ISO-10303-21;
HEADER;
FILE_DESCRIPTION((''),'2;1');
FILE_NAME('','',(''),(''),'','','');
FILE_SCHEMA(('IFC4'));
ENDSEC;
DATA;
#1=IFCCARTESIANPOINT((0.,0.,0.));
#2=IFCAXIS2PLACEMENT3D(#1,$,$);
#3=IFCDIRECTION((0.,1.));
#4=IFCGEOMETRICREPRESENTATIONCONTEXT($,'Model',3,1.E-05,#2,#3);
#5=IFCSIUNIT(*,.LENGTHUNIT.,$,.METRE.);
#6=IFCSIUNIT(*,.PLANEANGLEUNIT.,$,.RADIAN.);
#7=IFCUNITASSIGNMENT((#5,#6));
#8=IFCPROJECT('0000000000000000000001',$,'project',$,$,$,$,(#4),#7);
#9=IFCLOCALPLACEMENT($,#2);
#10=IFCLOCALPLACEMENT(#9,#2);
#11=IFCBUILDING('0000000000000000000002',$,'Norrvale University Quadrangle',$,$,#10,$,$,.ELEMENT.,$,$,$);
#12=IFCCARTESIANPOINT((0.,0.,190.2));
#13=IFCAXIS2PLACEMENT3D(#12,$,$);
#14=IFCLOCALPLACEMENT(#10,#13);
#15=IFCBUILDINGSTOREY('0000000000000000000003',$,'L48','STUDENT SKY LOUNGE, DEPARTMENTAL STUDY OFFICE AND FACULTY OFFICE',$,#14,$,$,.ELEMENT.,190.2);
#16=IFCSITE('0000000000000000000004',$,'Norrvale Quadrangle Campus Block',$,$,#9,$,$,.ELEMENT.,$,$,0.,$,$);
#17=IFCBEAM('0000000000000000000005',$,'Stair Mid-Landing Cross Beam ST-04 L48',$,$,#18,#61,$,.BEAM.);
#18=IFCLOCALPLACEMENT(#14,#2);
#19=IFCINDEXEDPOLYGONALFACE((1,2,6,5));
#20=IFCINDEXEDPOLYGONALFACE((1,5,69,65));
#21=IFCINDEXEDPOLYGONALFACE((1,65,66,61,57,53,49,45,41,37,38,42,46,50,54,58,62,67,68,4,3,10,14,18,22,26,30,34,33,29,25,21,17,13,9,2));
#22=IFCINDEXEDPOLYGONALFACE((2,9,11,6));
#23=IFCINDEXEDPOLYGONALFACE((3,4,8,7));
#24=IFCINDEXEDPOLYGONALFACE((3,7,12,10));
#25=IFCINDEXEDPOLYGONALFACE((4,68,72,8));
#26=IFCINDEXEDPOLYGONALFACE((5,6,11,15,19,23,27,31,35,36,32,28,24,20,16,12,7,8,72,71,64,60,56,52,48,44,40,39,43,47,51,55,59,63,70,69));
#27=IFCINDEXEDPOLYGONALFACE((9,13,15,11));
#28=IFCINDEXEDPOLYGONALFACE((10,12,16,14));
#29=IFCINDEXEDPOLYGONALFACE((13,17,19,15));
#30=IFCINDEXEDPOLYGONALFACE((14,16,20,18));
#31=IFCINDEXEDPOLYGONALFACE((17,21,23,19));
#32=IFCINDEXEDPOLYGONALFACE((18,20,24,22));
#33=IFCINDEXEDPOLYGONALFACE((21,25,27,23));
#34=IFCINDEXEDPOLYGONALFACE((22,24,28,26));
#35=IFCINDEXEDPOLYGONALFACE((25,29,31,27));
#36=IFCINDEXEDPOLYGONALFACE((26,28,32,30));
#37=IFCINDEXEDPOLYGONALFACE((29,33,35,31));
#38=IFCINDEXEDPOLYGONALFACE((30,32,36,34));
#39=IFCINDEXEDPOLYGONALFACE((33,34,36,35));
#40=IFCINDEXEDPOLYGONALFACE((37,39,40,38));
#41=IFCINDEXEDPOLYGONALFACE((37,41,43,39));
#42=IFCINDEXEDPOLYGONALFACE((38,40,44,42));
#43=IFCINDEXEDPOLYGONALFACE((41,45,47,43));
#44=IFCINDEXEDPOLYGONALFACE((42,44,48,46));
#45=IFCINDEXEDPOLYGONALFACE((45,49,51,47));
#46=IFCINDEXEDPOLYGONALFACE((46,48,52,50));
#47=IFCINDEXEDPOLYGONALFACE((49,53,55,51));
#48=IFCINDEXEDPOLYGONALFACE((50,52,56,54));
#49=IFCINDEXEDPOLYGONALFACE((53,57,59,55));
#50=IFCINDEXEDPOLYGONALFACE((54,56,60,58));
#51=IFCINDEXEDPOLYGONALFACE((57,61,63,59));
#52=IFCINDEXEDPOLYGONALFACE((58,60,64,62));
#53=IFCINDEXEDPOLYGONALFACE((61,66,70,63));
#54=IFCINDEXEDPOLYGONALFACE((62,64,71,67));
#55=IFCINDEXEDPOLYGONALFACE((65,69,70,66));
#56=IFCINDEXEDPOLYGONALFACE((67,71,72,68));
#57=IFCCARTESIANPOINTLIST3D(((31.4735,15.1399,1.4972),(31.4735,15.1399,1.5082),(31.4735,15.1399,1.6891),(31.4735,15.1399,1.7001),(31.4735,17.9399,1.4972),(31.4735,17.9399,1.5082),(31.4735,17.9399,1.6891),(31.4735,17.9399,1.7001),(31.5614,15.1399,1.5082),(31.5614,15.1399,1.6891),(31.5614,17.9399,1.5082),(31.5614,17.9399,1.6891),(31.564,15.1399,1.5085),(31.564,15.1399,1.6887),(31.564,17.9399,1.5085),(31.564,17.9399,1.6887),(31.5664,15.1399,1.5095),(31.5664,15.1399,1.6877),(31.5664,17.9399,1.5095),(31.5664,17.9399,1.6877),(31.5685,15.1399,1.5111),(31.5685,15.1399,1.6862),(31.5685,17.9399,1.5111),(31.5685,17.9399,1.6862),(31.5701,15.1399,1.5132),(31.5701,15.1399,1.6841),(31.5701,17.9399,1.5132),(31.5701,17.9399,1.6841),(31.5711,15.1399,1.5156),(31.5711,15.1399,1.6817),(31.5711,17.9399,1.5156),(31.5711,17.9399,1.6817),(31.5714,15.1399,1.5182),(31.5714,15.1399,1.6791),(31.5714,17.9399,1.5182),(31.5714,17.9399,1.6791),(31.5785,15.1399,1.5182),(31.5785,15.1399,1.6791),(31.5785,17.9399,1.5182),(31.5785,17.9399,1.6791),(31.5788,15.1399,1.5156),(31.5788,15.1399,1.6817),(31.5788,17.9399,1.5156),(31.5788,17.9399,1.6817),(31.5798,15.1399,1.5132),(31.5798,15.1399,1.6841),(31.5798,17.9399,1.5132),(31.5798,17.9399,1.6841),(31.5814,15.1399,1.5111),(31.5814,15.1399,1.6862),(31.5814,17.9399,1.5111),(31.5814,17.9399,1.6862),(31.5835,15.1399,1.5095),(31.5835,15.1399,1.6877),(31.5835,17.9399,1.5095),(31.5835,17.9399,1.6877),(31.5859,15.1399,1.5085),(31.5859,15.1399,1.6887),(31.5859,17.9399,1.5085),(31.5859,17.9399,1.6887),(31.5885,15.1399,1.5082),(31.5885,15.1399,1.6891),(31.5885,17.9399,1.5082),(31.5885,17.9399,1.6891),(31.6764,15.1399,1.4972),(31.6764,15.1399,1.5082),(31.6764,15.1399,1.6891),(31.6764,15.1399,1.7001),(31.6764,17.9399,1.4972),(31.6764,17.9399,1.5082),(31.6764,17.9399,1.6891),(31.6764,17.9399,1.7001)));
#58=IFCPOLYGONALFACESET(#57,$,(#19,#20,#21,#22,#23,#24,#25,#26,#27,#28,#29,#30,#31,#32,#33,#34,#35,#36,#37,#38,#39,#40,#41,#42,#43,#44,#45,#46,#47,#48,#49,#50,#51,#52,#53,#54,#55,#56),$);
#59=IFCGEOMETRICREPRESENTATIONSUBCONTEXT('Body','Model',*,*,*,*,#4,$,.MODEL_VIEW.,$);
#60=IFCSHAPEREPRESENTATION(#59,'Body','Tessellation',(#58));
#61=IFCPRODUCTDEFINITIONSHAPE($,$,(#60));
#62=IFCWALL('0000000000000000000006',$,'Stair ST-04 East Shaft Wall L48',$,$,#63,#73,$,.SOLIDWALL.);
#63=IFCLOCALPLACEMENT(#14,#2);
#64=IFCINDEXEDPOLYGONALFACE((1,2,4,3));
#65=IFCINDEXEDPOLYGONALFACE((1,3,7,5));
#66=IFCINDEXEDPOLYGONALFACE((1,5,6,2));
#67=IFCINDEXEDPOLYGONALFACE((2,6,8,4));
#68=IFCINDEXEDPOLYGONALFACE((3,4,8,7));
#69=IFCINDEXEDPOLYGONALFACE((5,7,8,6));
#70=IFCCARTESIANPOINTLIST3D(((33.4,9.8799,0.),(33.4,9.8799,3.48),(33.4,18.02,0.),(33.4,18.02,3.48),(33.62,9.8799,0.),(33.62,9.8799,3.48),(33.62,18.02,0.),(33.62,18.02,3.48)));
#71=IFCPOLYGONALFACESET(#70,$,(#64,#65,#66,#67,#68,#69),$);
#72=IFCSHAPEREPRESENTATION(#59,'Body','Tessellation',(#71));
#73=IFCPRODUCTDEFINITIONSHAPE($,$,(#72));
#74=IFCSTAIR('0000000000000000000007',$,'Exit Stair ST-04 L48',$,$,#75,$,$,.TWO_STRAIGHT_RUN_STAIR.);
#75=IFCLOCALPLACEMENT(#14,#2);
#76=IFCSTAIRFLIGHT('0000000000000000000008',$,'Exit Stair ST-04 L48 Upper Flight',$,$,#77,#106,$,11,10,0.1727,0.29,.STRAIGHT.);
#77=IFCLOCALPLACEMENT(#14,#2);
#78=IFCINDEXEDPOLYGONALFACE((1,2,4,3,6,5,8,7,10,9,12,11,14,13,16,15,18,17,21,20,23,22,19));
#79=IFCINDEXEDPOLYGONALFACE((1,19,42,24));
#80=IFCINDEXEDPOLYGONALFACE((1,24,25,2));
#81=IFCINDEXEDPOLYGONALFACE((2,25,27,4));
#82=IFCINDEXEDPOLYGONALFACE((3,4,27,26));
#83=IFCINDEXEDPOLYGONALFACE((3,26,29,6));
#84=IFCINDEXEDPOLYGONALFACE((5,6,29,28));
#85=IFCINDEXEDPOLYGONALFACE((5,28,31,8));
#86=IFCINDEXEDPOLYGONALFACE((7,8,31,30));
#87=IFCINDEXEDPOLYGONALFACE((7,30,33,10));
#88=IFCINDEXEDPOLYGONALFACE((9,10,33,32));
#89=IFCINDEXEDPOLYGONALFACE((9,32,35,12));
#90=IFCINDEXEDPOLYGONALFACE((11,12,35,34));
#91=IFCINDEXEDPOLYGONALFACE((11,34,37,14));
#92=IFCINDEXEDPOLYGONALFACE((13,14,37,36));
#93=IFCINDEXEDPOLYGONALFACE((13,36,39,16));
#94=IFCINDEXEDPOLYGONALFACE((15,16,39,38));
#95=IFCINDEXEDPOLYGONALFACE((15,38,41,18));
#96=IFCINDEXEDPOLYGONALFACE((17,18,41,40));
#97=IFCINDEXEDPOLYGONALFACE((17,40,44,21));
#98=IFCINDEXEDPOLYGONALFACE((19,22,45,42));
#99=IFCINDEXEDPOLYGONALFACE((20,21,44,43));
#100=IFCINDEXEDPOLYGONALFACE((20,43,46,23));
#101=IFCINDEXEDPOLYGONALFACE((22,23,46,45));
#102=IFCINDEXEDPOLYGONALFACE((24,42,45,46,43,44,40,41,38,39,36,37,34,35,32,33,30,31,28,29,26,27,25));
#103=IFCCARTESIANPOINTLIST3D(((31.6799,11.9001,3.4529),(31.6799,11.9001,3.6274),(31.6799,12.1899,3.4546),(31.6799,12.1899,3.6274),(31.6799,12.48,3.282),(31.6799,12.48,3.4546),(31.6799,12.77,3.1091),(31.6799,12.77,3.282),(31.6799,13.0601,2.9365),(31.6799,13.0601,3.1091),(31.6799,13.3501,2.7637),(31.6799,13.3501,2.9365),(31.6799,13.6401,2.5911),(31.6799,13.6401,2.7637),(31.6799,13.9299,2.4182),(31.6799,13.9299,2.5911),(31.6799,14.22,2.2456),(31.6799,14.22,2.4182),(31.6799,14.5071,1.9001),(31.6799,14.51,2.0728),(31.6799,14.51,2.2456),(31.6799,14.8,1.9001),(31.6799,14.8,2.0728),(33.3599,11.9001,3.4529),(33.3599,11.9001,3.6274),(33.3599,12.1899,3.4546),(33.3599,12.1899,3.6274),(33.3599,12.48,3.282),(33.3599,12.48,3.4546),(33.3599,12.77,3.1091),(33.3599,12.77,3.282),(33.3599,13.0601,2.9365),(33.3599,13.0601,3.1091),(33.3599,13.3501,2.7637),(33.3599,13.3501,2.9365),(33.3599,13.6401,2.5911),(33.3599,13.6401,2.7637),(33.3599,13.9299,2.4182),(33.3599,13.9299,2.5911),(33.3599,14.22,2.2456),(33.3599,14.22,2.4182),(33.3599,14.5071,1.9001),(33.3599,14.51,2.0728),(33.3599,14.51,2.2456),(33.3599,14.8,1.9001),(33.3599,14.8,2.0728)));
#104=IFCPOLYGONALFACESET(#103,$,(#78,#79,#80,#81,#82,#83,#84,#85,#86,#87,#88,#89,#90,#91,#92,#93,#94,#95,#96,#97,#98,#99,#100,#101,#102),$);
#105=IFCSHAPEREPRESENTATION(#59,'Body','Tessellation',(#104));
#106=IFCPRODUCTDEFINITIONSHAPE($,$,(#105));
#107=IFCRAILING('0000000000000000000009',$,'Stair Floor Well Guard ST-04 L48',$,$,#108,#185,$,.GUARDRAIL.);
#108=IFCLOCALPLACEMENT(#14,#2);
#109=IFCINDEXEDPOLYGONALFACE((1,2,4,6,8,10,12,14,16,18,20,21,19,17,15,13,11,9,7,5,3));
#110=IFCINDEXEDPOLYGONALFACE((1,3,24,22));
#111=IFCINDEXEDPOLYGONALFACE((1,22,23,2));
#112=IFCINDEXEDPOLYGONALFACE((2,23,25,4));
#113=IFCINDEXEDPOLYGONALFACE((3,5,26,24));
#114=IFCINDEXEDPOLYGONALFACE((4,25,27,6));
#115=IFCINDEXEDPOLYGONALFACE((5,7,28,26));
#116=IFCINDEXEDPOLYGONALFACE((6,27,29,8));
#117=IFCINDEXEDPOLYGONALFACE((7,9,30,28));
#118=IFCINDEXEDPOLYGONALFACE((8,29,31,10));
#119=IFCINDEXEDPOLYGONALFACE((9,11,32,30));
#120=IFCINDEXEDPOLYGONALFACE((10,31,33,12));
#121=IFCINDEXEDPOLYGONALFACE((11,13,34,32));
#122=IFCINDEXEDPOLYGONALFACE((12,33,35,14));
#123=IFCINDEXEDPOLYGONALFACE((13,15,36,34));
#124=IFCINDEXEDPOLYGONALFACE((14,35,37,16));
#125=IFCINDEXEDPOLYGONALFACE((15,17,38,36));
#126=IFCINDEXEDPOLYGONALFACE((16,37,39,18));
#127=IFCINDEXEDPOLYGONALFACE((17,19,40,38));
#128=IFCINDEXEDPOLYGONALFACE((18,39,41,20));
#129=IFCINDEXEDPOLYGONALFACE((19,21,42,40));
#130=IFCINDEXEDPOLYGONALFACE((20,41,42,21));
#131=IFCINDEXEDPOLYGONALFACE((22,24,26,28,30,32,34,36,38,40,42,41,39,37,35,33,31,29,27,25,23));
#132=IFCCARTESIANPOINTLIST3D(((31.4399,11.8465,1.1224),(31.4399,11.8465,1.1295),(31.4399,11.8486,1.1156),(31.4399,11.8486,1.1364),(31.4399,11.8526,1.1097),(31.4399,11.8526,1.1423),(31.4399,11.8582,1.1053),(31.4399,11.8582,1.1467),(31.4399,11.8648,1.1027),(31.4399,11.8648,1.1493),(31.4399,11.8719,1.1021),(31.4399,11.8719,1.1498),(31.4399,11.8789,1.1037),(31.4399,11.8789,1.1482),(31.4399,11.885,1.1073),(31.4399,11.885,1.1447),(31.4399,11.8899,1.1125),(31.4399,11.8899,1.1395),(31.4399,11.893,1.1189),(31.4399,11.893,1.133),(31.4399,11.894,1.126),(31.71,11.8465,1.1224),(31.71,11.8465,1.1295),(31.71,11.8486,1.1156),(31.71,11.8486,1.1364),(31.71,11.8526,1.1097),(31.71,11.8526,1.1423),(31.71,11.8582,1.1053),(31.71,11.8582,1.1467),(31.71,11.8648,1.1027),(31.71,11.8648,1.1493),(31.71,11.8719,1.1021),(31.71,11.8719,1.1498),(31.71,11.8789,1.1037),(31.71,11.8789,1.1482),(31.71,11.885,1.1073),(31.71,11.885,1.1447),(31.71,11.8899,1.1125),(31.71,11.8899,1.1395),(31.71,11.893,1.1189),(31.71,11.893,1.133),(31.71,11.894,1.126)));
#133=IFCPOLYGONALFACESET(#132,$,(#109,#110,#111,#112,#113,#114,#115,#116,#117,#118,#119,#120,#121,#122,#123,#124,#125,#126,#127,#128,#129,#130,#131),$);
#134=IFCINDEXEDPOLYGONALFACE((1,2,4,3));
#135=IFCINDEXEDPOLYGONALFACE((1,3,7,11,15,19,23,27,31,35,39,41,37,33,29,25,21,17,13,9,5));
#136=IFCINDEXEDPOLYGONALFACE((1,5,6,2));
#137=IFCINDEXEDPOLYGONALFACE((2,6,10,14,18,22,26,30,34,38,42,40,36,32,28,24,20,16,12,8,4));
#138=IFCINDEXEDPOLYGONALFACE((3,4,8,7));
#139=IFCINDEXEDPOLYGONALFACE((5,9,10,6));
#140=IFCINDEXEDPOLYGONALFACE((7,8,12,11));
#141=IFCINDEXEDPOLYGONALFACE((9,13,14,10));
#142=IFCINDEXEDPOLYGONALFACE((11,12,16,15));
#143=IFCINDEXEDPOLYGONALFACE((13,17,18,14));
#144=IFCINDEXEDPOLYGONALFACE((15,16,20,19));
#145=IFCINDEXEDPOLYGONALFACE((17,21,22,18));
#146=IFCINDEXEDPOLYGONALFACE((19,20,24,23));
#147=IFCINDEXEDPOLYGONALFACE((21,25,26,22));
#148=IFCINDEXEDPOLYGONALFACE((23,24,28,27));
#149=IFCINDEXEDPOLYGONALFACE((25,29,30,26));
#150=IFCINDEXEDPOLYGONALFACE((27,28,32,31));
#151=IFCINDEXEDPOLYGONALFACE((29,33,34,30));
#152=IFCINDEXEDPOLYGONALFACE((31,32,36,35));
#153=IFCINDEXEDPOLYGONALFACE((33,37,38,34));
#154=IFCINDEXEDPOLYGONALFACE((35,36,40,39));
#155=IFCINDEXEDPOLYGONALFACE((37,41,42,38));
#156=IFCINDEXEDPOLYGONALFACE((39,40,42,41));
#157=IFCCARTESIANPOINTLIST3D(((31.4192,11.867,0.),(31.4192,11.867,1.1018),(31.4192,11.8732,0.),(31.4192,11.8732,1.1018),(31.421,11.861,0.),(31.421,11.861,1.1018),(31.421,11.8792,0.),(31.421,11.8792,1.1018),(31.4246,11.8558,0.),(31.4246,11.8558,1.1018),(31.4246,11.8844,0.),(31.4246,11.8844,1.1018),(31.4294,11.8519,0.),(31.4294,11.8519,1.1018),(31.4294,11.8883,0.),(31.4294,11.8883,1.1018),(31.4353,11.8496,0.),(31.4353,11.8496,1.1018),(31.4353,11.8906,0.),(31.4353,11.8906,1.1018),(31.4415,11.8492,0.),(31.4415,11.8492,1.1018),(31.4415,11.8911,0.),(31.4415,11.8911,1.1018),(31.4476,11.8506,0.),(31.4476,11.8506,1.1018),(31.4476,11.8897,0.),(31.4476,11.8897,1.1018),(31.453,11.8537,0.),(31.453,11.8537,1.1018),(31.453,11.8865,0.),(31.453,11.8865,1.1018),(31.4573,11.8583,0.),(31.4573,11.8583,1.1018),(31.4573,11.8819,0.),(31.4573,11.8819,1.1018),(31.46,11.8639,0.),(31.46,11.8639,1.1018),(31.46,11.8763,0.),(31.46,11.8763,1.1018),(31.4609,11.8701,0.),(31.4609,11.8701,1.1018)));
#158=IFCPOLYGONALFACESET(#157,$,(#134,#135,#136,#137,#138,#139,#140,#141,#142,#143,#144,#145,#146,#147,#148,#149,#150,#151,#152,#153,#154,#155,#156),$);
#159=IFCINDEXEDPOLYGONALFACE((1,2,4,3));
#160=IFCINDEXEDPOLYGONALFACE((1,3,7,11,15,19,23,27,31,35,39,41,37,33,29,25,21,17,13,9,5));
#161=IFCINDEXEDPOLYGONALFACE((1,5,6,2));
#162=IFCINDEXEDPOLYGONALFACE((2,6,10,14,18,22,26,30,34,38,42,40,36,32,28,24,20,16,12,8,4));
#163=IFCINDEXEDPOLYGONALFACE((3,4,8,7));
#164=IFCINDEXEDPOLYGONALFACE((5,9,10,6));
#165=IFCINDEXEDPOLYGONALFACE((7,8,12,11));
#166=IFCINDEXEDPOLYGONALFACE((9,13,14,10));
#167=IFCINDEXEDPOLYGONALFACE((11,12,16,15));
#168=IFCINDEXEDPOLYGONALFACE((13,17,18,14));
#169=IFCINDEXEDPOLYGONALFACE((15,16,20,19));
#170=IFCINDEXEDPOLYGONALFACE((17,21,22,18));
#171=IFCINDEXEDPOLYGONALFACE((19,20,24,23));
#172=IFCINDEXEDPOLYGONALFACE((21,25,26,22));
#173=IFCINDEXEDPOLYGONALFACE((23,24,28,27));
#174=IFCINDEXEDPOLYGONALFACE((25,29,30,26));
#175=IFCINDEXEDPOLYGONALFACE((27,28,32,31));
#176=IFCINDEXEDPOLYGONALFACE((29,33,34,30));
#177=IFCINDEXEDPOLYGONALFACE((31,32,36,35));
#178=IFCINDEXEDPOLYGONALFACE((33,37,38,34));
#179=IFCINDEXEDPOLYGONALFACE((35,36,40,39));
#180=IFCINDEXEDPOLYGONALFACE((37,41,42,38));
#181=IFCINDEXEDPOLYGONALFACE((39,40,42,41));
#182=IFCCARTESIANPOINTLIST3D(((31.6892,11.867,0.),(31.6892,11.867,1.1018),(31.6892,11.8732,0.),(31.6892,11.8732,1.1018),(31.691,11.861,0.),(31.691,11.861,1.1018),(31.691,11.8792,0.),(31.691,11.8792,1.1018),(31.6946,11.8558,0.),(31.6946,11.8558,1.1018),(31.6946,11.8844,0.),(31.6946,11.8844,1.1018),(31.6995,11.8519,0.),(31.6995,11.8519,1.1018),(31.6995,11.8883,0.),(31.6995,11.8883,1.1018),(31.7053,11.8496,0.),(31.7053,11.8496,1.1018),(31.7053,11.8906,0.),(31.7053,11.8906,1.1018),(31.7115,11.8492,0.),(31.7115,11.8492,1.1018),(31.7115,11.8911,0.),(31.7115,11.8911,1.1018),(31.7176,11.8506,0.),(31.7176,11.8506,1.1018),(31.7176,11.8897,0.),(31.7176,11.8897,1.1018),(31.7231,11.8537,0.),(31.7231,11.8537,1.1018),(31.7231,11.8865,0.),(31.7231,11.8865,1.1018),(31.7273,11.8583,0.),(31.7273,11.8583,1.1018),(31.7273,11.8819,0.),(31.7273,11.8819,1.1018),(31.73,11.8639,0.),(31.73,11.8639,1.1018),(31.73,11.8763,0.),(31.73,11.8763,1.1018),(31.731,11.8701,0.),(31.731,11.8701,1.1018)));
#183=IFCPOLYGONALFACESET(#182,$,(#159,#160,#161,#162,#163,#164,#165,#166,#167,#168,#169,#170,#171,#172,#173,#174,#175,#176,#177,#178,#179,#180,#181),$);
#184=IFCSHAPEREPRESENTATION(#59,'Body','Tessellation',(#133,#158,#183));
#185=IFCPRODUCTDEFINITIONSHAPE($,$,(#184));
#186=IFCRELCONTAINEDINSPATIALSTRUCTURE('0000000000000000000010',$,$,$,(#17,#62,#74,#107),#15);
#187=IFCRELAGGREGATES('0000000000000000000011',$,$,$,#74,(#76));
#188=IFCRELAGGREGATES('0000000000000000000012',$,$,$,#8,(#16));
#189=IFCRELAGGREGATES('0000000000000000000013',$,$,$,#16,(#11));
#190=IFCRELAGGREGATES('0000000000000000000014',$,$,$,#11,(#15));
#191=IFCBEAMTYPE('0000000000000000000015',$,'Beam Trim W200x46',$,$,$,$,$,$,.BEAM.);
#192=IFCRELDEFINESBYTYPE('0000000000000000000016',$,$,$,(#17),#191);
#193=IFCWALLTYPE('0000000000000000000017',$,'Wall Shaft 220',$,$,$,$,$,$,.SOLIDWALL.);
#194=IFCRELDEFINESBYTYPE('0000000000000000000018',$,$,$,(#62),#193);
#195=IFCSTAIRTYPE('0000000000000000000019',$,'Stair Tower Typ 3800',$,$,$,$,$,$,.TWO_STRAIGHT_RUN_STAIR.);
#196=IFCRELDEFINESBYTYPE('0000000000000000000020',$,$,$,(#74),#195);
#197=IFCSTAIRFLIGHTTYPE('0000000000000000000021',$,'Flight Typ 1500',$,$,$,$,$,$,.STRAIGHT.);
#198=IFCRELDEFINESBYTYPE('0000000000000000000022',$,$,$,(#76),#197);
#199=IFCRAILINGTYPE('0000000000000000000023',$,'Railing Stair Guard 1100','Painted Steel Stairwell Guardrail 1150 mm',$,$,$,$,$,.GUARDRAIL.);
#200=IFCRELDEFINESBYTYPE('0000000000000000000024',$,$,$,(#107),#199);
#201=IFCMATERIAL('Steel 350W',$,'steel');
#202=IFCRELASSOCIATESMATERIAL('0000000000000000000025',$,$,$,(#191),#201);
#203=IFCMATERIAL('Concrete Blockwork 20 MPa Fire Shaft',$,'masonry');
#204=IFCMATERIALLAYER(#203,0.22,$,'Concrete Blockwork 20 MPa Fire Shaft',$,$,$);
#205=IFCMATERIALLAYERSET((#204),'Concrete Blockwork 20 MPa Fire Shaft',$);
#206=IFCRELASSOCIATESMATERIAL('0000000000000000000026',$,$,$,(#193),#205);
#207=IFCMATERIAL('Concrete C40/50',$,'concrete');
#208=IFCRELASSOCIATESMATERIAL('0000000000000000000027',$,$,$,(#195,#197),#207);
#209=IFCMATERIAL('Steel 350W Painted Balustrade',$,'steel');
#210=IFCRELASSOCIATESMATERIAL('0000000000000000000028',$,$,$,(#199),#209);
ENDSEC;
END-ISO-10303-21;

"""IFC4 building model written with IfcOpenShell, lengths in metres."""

from ifc_helpers import new_model, si_unit, direction, frame, frame_2d, origin, origin_2d, place, context, subcontext, project, spatial, polyline, rectangle, circle, i_section, outline, extrude, material, layer, layer_set, material_profile, profile_set, type_object, element, aggregate, save


model = new_model("IFC4")

# Units and contexts
model_context = context("Model", 3, precision=1e-05, world=origin(), true_north=direction((0.0, 1.0)))
body_context = subcontext(model_context, "Body", "Model", "MODEL_VIEW")
ifc_project = project(units=[si_unit("LENGTHUNIT", "METRE"), si_unit("PLANEANGLEUNIT", "RADIAN")], contexts=[model_context])

# Site, building, storey
site_placement = place(None, origin())
site = spatial("IfcSite", under=ifc_project, at=site_placement, Name="Norrvale Quadrangle Campus Block", CompositionType="ELEMENT", RefElevation=0.0)
building_placement = place(site_placement, origin())
building = spatial("IfcBuilding", under=site, at=building_placement, Name="Norrvale University Quadrangle", CompositionType="ELEMENT")
storey_placement = place(building_placement, frame((0.0, 0.0, 190.2)))
storey = spatial("IfcBuildingStorey", under=building, at=storey_placement, Name="L48", Description="STUDENT SKY LOUNGE, DEPARTMENTAL STUDY OFFICE AND FACULTY OFFICE", CompositionType="ELEMENT", Elevation=190.2)

# Beam
ifc_material_1 = material(Name="Steel 350W", Category="steel")
ifc_material_profile_1 = material_profile(ifc_material_1, i_section(OverallWidth=0.2029, OverallDepth=0.2029, WebThickness=0.0071, FlangeThickness=0.011, FilletRadius=0.01, at=origin_2d()), Name="Steel 350W")
ifc_profile_set_1 = profile_set([ifc_material_profile_1], Name="Steel 350W")
beam_type_1 = type_object("IfcBeamType", Name="Beam Trim W200x46", PredefinedType="BEAM", material=ifc_profile_set_1)
beam_1_placement = place(storey_placement, frame((31.575, 15.1399, 1.5986), z_axis=(0.0, 1.0, 0.0), x_axis=(-1.0, 0.0, 0.0)))
element("IfcBeam", 1, at=beam_1_placement, inside=storey, type_object=beam_type_1, Name="Stair Mid-Landing Cross Beam ST-04 L48", PredefinedType="BEAM", context=body_context, shape_type="SweptSolid", body=[
    extrude(i_section(OverallWidth=0.2029, OverallDepth=0.2029, WebThickness=0.0071, FlangeThickness=0.011, FilletRadius=0.01, at=origin_2d()), origin(), (0.0, 0.0, 1.0), 2.8),
])

# Wall
ifc_material_2 = material(Name="Concrete Blockwork 20 MPa Fire Shaft", Category="masonry")
ifc_layer = layer(ifc_material_2, 0.22, Name="Concrete Blockwork 20 MPa Fire Shaft")
ifc_layer_set = layer_set([ifc_layer], Name="Concrete Blockwork 20 MPa Fire Shaft")
wall_type = type_object("IfcWallType", Name="Wall Shaft 220", PredefinedType="SOLIDWALL", material=ifc_layer_set)
wall_placement = place(storey_placement, frame((33.51, 9.8799, 0.0), z_axis=(0.0, 0.0, 1.0), x_axis=(0.0, 1.0, 0.0)))
element("IfcWall", 2, at=wall_placement, inside=storey, type_object=wall_type, Name="Stair ST-04 East Shaft Wall L48", PredefinedType="SOLIDWALL", context=body_context, shape_type="SweptSolid", body=[
    extrude(rectangle(XDim=8.1401, YDim=0.22, at=frame_2d((4.0701, 0.0))), origin(), (0.0, 0.0, 1.0), 3.48),
])

# Stair, stair flight
ifc_material_3 = material(Name="Concrete C40/50", Category="concrete")
stair_type = type_object("IfcStairType", Name="Stair Tower Typ 3800", PredefinedType="TWO_STRAIGHT_RUN_STAIR", material=ifc_material_3)
stair_placement = place(storey_placement, origin())
stair = element("IfcStair", 3, at=stair_placement, inside=storey, type_object=stair_type, Name="Exit Stair ST-04 L48", PredefinedType="TWO_STRAIGHT_RUN_STAIR")
stair_flight_type = type_object("IfcStairFlightType", Name="Flight Typ 1500", PredefinedType="STRAIGHT", material=ifc_material_3)
stair_flight_placement = place(storey_placement, frame((32.52, 14.8, 1.9001), z_axis=(0.0, 0.0, 1.0), x_axis=(0.0, -1.0, 0.0)))
stair_flight = element("IfcStairFlight", 4, at=stair_flight_placement, type_object=stair_flight_type, Name="Exit Stair ST-04 L48 Upper Flight", NumberOfRisers=11, NumberOfTreads=10, PredefinedType="STRAIGHT", RiserHeight=0.1727, TreadLength=0.29, context=body_context, shape_type="SweptSolid", body=[
    extrude(outline(polyline([(0.0, 0.0), (0.0, 0.1726), (0.29, 0.1726), (0.29, 0.3455), (0.5801, 0.3455), (0.5801, 0.5181), (0.8701, 0.5181), (0.8701, 0.6909), (1.1599, 0.6909), (1.1599, 0.8635), (1.45, 0.8635), (1.45, 1.0364), (1.74, 1.0364), (1.74, 1.209), (2.03, 1.209), (2.03, 1.3818), (2.3201, 1.3818), (2.3201, 1.5544), (2.6101, 1.5544), (2.6101, 1.7273), (2.8999, 1.7273), (2.8999, 1.8999), (2.8999, 1.5527), (0.293, 0.0), (0.0, 0.0)])), frame((0.0, 0.8398, 0.0), z_axis=(0.0, -1.0, 0.0), x_axis=(1.0, 0.0, 0.0)), (0.0, 0.0, 1.0), 1.6799),
])
aggregate(stair, [stair_flight])

# Railing
ifc_material_4 = material(Name="Steel 350W Painted Balustrade", Category="steel")
railing_type_1 = type_object("IfcRailingType", Name="Railing Stair Guard 1100", Description="Painted Steel Stairwell Guardrail 1150 mm", PredefinedType="GUARDRAIL", material=ifc_material_4)
for number, where, name in (
    (5, (31.4399, 11.8701, 0.0), "Stair Floor Well Guard ST-04 L48"),
):
    element("IfcRailing", number, at=place(storey_placement, frame(where)), inside=storey, type_object=railing_type_1, Name=name, PredefinedType="GUARDRAIL", context=body_context, shape_type="SweptSolid", body=[
        extrude(circle(Radius=0.0239, at=origin_2d()), frame((0.0, 0.0, 1.126), z_axis=(1.0, 0.0, 0.0), x_axis=(0.0, 1.0, 0.0)), (0.0, 0.0, 1.0), 0.27),
        extrude(circle(Radius=0.021, at=origin_2d()), origin(), (0.0, 0.0, 1.0), 1.1018),
        extrude(circle(Radius=0.021, at=origin_2d()), frame((0.27, 0.0, 0.0)), (0.0, 0.0, 1.0), 1.1018),
    ])

save(model, "model.ifc")
